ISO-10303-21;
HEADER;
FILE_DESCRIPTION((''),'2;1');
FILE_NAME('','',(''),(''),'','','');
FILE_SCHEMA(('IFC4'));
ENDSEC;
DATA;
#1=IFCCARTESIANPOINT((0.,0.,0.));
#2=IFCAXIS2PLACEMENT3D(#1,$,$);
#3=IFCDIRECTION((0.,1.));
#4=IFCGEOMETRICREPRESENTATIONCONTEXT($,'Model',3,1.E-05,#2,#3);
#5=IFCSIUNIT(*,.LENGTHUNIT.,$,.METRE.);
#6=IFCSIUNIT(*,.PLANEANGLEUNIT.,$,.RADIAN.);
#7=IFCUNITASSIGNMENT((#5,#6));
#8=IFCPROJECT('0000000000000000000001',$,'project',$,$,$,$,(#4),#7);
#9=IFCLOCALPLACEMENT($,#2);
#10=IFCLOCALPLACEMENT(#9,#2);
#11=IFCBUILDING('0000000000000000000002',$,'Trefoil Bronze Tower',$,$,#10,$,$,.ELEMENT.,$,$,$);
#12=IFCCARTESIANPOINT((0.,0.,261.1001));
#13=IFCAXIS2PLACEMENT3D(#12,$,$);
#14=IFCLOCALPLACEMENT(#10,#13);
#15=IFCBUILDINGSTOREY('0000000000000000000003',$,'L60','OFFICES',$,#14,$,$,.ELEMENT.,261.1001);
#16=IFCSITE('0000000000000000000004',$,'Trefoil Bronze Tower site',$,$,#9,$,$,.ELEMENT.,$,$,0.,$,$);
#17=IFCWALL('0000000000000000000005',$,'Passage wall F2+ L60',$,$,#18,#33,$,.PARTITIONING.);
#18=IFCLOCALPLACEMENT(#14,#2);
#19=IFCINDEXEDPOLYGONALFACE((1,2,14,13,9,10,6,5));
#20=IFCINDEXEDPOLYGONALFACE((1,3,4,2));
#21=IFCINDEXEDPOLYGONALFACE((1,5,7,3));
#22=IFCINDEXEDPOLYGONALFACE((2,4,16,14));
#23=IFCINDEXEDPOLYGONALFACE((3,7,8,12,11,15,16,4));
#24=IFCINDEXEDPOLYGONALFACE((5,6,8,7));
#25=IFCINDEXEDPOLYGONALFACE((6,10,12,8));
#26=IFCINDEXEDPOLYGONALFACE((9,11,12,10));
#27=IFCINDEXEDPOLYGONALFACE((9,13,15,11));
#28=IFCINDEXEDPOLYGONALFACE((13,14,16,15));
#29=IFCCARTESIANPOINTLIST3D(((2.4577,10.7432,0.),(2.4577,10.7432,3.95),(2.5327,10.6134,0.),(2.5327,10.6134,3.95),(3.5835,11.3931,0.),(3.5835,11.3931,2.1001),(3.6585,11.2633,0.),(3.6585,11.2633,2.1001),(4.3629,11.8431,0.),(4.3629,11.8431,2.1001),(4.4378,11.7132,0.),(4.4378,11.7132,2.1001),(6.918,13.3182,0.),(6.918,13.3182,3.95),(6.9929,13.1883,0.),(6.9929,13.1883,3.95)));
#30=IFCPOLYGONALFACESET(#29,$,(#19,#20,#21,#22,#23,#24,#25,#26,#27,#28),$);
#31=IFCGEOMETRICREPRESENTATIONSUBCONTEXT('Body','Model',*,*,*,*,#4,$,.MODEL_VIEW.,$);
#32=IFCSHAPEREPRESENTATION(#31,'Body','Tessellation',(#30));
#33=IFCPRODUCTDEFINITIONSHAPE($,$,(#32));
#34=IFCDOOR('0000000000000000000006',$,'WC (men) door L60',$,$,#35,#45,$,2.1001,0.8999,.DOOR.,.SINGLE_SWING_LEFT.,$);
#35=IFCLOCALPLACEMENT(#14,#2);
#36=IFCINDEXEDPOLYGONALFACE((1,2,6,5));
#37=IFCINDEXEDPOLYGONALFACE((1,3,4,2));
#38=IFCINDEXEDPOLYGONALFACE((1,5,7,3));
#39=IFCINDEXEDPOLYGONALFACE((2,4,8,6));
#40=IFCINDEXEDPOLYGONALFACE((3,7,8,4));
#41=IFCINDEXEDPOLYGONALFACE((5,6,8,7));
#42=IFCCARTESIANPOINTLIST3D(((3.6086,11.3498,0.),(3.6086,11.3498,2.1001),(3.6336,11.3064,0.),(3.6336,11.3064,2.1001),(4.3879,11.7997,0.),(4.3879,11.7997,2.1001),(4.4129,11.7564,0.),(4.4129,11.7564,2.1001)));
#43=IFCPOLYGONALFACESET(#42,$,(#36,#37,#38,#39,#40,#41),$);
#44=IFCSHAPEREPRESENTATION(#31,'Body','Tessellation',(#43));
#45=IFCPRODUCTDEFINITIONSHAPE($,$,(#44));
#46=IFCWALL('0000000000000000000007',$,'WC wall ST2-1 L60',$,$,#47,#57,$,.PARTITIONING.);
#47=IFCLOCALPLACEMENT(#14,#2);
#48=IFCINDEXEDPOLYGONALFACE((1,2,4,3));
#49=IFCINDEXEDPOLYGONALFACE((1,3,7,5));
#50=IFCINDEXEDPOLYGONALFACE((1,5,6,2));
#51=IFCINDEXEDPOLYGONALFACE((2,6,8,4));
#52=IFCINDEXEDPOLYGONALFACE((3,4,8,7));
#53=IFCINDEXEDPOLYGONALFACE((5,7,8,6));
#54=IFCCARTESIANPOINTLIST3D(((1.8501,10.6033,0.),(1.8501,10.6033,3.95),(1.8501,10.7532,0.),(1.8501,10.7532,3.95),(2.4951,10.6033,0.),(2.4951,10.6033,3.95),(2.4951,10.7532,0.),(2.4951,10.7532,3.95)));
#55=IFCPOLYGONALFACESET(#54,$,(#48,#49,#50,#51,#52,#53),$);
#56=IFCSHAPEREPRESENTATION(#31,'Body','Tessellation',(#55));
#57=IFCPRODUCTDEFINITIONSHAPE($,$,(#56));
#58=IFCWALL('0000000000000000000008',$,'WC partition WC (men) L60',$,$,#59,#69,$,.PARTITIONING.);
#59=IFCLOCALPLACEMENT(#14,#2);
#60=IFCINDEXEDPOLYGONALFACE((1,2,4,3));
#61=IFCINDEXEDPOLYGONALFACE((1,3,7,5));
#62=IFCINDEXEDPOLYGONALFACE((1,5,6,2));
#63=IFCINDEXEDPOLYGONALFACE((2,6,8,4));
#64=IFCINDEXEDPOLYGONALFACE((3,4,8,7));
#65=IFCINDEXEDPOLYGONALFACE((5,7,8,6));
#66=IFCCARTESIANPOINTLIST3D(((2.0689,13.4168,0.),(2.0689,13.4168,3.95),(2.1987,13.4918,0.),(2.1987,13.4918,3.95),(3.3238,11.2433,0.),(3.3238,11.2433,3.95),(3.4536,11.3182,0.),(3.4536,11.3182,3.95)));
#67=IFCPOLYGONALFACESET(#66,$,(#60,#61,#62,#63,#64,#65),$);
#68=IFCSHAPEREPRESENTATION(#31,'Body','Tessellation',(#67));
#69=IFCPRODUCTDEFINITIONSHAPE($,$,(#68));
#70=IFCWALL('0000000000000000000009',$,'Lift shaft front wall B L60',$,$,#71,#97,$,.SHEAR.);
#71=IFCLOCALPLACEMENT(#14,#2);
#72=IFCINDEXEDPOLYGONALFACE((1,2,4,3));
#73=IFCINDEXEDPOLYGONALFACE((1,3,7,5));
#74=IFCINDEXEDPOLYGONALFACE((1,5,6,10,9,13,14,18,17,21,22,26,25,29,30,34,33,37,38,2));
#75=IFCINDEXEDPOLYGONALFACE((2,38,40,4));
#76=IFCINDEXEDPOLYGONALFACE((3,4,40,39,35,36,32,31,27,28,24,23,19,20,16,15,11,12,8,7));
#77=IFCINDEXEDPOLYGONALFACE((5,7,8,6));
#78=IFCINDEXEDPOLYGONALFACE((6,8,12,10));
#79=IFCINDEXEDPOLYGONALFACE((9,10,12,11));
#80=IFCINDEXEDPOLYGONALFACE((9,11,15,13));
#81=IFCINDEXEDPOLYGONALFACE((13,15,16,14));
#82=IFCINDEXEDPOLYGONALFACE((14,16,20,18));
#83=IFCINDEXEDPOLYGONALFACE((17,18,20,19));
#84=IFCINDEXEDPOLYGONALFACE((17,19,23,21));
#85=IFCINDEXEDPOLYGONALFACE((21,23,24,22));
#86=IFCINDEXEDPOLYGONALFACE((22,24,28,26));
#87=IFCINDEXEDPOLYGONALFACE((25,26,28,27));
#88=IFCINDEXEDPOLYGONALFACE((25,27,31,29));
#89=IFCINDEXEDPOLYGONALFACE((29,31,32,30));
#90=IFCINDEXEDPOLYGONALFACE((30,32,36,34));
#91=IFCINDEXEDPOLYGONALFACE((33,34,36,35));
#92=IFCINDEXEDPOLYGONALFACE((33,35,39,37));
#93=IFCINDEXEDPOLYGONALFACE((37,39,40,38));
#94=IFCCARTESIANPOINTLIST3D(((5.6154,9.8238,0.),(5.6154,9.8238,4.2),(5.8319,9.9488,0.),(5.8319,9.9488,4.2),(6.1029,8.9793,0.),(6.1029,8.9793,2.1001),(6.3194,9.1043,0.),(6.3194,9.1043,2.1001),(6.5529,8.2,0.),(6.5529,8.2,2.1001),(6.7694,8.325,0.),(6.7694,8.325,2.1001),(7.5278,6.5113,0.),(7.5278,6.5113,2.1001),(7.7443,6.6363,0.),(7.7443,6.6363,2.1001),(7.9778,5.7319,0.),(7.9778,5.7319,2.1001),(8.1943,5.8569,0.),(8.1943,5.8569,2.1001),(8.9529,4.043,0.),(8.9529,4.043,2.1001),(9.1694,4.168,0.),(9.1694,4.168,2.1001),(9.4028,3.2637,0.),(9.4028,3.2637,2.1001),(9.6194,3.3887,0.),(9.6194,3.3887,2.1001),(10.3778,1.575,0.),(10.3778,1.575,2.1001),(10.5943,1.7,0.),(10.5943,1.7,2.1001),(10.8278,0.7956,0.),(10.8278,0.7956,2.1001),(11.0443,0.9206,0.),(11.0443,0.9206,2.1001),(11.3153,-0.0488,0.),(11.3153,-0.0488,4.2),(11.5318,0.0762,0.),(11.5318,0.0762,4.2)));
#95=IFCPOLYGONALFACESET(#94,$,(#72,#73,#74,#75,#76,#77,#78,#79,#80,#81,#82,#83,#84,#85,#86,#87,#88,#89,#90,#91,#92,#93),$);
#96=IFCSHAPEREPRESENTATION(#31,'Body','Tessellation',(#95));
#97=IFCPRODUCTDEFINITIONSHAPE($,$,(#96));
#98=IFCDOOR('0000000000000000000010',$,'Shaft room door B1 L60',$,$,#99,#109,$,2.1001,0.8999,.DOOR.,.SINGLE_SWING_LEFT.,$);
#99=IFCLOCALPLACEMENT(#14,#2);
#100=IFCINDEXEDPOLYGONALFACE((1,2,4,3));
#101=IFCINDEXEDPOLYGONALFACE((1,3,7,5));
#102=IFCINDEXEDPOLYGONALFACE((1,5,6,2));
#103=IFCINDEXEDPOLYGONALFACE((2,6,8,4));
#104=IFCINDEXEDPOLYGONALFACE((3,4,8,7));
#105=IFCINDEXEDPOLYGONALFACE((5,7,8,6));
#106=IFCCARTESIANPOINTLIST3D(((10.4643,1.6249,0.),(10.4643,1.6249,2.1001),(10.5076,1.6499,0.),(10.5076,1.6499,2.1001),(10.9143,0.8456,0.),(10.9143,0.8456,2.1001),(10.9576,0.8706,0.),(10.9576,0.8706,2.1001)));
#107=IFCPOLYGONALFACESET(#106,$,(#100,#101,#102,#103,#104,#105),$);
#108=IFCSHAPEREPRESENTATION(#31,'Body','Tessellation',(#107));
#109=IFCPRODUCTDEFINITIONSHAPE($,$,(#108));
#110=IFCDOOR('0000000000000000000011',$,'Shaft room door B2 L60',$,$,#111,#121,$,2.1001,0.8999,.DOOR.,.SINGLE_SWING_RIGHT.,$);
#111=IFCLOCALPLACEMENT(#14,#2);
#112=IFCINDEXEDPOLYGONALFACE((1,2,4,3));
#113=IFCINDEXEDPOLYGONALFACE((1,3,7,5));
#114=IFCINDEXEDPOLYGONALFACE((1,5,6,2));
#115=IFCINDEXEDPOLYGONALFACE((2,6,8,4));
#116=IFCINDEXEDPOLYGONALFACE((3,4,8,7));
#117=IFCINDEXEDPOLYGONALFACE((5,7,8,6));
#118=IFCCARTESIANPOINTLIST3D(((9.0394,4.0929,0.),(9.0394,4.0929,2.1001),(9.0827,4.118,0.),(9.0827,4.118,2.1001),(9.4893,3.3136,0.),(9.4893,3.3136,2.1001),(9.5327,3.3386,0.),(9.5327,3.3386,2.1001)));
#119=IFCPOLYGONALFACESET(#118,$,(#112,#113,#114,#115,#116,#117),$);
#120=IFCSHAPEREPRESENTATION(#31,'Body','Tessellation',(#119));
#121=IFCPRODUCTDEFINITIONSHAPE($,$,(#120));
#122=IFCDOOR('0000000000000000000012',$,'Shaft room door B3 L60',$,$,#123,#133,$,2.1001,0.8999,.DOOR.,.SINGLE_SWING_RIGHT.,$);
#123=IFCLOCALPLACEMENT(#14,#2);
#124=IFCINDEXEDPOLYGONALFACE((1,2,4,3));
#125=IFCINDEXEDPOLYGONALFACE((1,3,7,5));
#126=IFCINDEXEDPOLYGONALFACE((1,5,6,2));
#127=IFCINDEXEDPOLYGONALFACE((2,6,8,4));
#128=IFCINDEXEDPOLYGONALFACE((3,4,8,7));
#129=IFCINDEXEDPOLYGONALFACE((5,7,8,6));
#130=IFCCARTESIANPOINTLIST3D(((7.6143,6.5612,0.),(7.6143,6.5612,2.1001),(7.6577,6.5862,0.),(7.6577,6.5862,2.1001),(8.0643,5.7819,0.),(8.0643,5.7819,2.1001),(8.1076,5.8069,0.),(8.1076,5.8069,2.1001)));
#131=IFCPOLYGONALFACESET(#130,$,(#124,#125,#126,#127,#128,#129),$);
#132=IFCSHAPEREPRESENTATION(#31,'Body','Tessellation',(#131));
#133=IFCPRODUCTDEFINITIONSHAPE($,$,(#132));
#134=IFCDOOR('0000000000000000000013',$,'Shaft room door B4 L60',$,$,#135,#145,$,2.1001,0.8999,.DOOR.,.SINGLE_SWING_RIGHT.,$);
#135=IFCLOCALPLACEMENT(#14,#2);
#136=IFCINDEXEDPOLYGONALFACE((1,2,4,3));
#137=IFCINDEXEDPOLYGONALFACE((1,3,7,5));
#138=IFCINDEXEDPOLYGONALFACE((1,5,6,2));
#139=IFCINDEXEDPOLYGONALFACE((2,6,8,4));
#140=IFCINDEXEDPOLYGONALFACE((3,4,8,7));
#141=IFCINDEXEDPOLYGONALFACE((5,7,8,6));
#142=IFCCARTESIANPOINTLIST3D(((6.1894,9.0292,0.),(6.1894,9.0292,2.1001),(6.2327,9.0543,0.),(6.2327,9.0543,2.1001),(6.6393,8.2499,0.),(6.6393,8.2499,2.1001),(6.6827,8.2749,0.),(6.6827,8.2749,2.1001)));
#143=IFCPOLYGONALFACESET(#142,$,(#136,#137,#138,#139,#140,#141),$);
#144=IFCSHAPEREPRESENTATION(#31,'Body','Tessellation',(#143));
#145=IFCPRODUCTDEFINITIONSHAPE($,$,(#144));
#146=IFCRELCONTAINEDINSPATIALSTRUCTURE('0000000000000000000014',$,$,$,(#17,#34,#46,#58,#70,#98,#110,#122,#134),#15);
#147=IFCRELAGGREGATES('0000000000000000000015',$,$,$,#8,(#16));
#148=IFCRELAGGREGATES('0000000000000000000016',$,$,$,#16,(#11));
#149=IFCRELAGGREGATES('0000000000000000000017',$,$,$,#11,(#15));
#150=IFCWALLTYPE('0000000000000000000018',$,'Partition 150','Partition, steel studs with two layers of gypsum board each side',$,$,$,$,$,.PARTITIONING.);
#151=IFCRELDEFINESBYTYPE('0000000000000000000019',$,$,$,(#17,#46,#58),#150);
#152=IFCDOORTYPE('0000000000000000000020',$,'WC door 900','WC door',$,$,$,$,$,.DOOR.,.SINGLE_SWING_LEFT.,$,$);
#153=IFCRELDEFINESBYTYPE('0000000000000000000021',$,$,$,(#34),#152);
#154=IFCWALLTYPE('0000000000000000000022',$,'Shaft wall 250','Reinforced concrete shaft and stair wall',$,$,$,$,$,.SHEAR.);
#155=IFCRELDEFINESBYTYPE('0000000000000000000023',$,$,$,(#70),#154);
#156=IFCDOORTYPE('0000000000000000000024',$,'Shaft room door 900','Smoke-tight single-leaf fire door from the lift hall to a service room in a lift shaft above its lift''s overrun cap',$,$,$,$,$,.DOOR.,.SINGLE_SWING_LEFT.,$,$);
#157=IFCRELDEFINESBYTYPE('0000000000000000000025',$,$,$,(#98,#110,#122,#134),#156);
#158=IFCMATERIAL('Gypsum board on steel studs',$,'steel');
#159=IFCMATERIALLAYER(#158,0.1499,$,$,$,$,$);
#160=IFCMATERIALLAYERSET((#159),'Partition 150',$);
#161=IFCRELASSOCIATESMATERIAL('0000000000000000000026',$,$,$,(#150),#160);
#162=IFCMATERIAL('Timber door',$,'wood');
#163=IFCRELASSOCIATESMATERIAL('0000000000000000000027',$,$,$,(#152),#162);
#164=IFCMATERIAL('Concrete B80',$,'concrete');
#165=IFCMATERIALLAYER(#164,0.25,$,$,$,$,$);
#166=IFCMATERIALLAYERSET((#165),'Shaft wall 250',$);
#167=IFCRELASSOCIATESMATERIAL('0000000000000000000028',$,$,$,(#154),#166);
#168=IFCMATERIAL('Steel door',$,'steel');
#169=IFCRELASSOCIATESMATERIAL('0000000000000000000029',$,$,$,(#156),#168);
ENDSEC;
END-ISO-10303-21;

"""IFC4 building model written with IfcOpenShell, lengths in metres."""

from ifc_helpers import new_model, si_unit, direction, frame, frame_2d, origin, place, context, subcontext, project, spatial, rectangle, extrude, material, layer, layer_set, type_object, element, fill, save


model = new_model("IFC4")

# Units and contexts
model_context = context("Model", 3, precision=1e-05, world=origin(), true_north=direction((0.0, 1.0)))
body_context = subcontext(model_context, "Body", "Model", "MODEL_VIEW")
ifc_project = project(units=[si_unit("LENGTHUNIT", "METRE"), si_unit("PLANEANGLEUNIT", "RADIAN")], contexts=[model_context])

# Site, building, storey
site_placement = place(None, origin())
site = spatial("IfcSite", under=ifc_project, at=site_placement, Name="Trefoil Bronze Tower site", CompositionType="ELEMENT", RefElevation=0.0)
building_placement = place(site_placement, origin())
building = spatial("IfcBuilding", under=site, at=building_placement, Name="Trefoil Bronze Tower", CompositionType="ELEMENT")
storey_placement = place(building_placement, frame((0.0, 0.0, 261.1001)))
storey = spatial("IfcBuildingStorey", under=building, at=storey_placement, Name="L60", Description="OFFICES", CompositionType="ELEMENT", Elevation=261.1001)

# Wall, opening, door
ifc_material_1 = material(Name="Gypsum board on steel studs", Category="steel")
ifc_layer_1 = layer(ifc_material_1, 0.1499)
ifc_layer_set_1 = layer_set([ifc_layer_1], Name="Partition 150")
wall_type_1 = type_object("IfcWallType", Name="Partition 150", Description="Partition, steel studs with two layers of gypsum board each side", PredefinedType="PARTITIONING", material=ifc_layer_set_1)
wall_1_placement = place(storey_placement, frame((2.4951, 10.6782, 0.0), z_axis=(0.0, 0.0, 1.0), x_axis=(0.866038, 0.499978, 0.0)))
wall_1 = element("IfcWall", 1, at=wall_1_placement, inside=storey, type_object=wall_type_1, Name="Passage wall F2+ L60", PredefinedType="PARTITIONING", context=body_context, shape_type="SweptSolid", body=[
    extrude(rectangle(XDim=5.1501, YDim=0.1499, at=frame_2d((2.5752, 0.0))), origin(), (0.0, 0.0, 1.0), 3.95),
])
opening_1_placement = place(wall_1_placement, frame((1.3, 0.0, 0.0)))
opening_1 = element("IfcOpeningElement", 2, at=opening_1_placement, cuts=wall_1, PredefinedType="OPENING", context=body_context, shape_type="SweptSolid", body=[
    extrude(rectangle(XDim=0.8999, YDim=2.1001, at=frame_2d((0.45, 1.05))), frame((0.0, 0.085, 0.0), z_axis=(0.0, -1.0, 0.0), x_axis=(1.0, 0.0, 0.0)), (0.0, 0.0, 1.0), 0.1699),
])
ifc_material_2 = material(Name="Timber door", Category="wood")
door_type_1 = type_object("IfcDoorType", Name="WC door 900", Description="WC door", OperationType="SINGLE_SWING_LEFT", PredefinedType="DOOR", material=ifc_material_2)
door_1_placement = place(opening_1_placement, origin())
door_1 = element("IfcDoor", 3, at=door_1_placement, inside=storey, type_object=door_type_1, Name="WC (men) door L60", OperationType="SINGLE_SWING_LEFT", OverallHeight=2.1001, OverallWidth=0.8999, PredefinedType="DOOR", context=body_context, shape_type="SweptSolid", body=[
    extrude(rectangle(XDim=0.8999, YDim=2.1001, at=frame_2d((0.45, 1.05))), frame((0.0, 0.0249, 0.0), z_axis=(0.0, -1.0, 0.0), x_axis=(1.0, 0.0, 0.0)), (0.0, 0.0, 1.0), 0.05),
])
fill(opening_1, door_1)

# Walls
wall_2_placement = place(storey_placement, frame((2.4951, 10.6782, 0.0), z_axis=(0.0, 0.0, 1.0), x_axis=(-1.0, 0.0, 0.0)))
element("IfcWall", 4, at=wall_2_placement, inside=storey, type_object=wall_type_1, Name="WC wall ST2-1 L60", PredefinedType="PARTITIONING", context=body_context, shape_type="SweptSolid", body=[
    extrude(rectangle(XDim=0.645, YDim=0.1499, at=frame_2d((0.3225, 0.0))), origin(), (0.0, 0.0, 1.0), 3.95),
])
wall_3_placement = place(storey_placement, frame((3.3887, 11.2808, 0.0), z_axis=(0.0, 0.0, 1.0), x_axis=(-0.499989, 0.866032, 0.0)))
element("IfcWall", 5, at=wall_3_placement, inside=storey, type_object=wall_type_1, Name="WC partition WC (men) L60", PredefinedType="PARTITIONING", context=body_context, shape_type="SweptSolid", body=[
    extrude(rectangle(XDim=2.5098, YDim=0.1499, at=frame_2d((1.2549, 0.0))), origin(), (0.0, 0.0, 1.0), 3.95),
])

# Wall, openings, doors
ifc_material_3 = material(Name="Concrete B80", Category="concrete")
ifc_layer_2 = layer(ifc_material_3, 0.25)
ifc_layer_set_2 = layer_set([ifc_layer_2], Name="Shaft wall 250")
wall_type_2 = type_object("IfcWallType", Name="Shaft wall 250", Description="Reinforced concrete shaft and stair wall", PredefinedType="SHEAR", material=ifc_layer_set_2)
wall_4_placement = place(storey_placement, frame((11.4236, 0.0137, 0.0), z_axis=(0.0, 0.0, 1.0), x_axis=(-0.500002, 0.866024, 0.0)))
wall_4 = element("IfcWall", 6, at=wall_4_placement, inside=storey, type_object=wall_type_2, Name="Lift shaft front wall B L60", PredefinedType="SHEAR", context=body_context, shape_type="SweptSolid", body=[
    extrude(rectangle(XDim=11.3999, YDim=0.25, at=frame_2d((5.7, 0.0))), origin(), (0.0, 0.0, 1.0), 4.2),
])
opening_2_placement = place(wall_4_placement, frame((0.9751, 0.0, 0.0)))
opening_2 = element("IfcOpeningElement", 7, at=opening_2_placement, cuts=wall_4, PredefinedType="OPENING", context=body_context, shape_type="SweptSolid", body=[
    extrude(rectangle(XDim=0.8999, YDim=2.1001, at=frame_2d((0.45, 1.05))), frame((0.0, 0.135, 0.0), z_axis=(0.0, -1.0, 0.0), x_axis=(1.0, 0.0, 0.0)), (0.0, 0.0, 1.0), 0.27),
])
opening_3_placement = place(wall_4_placement, frame((3.825, 0.0, 0.0)))
opening_3 = element("IfcOpeningElement", 8, at=opening_3_placement, cuts=wall_4, PredefinedType="OPENING", context=body_context, shape_type="SweptSolid", body=[
    extrude(rectangle(XDim=0.8999, YDim=2.1001, at=frame_2d((0.45, 1.05))), frame((0.0, 0.135, 0.0), z_axis=(0.0, -1.0, 0.0), x_axis=(1.0, 0.0, 0.0)), (0.0, 0.0, 1.0), 0.27),
])
opening_4_placement = place(wall_4_placement, frame((6.675, 0.0, 0.0)))
opening_4 = element("IfcOpeningElement", 9, at=opening_4_placement, cuts=wall_4, PredefinedType="OPENING", context=body_context, shape_type="SweptSolid", body=[
    extrude(rectangle(XDim=0.8999, YDim=2.1001, at=frame_2d((0.45, 1.05))), frame((0.0, 0.135, 0.0), z_axis=(0.0, -1.0, 0.0), x_axis=(1.0, 0.0, 0.0)), (0.0, 0.0, 1.0), 0.27),
])
opening_5_placement = place(wall_4_placement, frame((9.5249, 0.0, 0.0)))
opening_5 = element("IfcOpeningElement", 10, at=opening_5_placement, cuts=wall_4, PredefinedType="OPENING", context=body_context, shape_type="SweptSolid", body=[
    extrude(rectangle(XDim=0.8999, YDim=2.1001, at=frame_2d((0.45, 1.05))), frame((0.0, 0.135, 0.0), z_axis=(0.0, -1.0, 0.0), x_axis=(1.0, 0.0, 0.0)), (0.0, 0.0, 1.0), 0.27),
])
ifc_material_4 = material(Name="Steel door", Category="steel")
door_type_2 = type_object("IfcDoorType", Name="Shaft room door 900", Description="Smoke-tight single-leaf fire door from the lift hall to a service room in a lift shaft above its lift's overrun cap", OperationType="SINGLE_SWING_LEFT", PredefinedType="DOOR", material=ifc_material_4)
door_2_placement = place(opening_2_placement, frame((0.8999, 0.0, 0.0), z_axis=(0.0, 0.0, 1.0), x_axis=(-1.0, 0.0, 0.0)))
door_2 = element("IfcDoor", 11, at=door_2_placement, inside=storey, type_object=door_type_2, Name="Shaft room door B1 L60", OperationType="SINGLE_SWING_LEFT", OverallHeight=2.1001, OverallWidth=0.8999, PredefinedType="DOOR", context=body_context, shape_type="SweptSolid", body=[
    extrude(rectangle(XDim=0.8999, YDim=2.1001, at=frame_2d((0.45, 1.05))), frame((0.0, 0.0249, 0.0), z_axis=(0.0, -1.0, 0.0), x_axis=(1.0, 0.0, 0.0)), (0.0, 0.0, 1.0), 0.05),
])
fill(opening_2, door_2)
door_3_placement = place(opening_3_placement, frame((0.8999, 0.0, 0.0), z_axis=(0.0, 0.0, 1.0), x_axis=(-1.0, 0.0, 0.0)))
door_3 = element("IfcDoor", 12, at=door_3_placement, inside=storey, type_object=door_type_2, Name="Shaft room door B2 L60", OperationType="SINGLE_SWING_RIGHT", OverallHeight=2.1001, OverallWidth=0.8999, PredefinedType="DOOR", context=body_context, shape_type="SweptSolid", body=[
    extrude(rectangle(XDim=0.8999, YDim=2.1001, at=frame_2d((0.45, 1.05))), frame((0.0, 0.0249, 0.0), z_axis=(0.0, -1.0, 0.0), x_axis=(1.0, 0.0, 0.0)), (0.0, 0.0, 1.0), 0.05),
])
fill(opening_3, door_3)
door_4_placement = place(opening_4_placement, frame((0.8999, 0.0, 0.0), z_axis=(0.0, 0.0, 1.0), x_axis=(-1.0, 0.0, 0.0)))
door_4 = element("IfcDoor", 13, at=door_4_placement, inside=storey, type_object=door_type_2, Name="Shaft room door B3 L60", OperationType="SINGLE_SWING_RIGHT", OverallHeight=2.1001, OverallWidth=0.8999, PredefinedType="DOOR", context=body_context, shape_type="SweptSolid", body=[
    extrude(rectangle(XDim=0.8999, YDim=2.1001, at=frame_2d((0.45, 1.05))), frame((0.0, 0.0249, 0.0), z_axis=(0.0, -1.0, 0.0), x_axis=(1.0, 0.0, 0.0)), (0.0, 0.0, 1.0), 0.05),
])
fill(opening_4, door_4)
door_5_placement = place(opening_5_placement, frame((0.8999, 0.0, 0.0), z_axis=(0.0, 0.0, 1.0), x_axis=(-1.0, 0.0, 0.0)))
door_5 = element("IfcDoor", 14, at=door_5_placement, inside=storey, type_object=door_type_2, Name="Shaft room door B4 L60", OperationType="SINGLE_SWING_RIGHT", OverallHeight=2.1001, OverallWidth=0.8999, PredefinedType="DOOR", context=body_context, shape_type="SweptSolid", body=[
    extrude(rectangle(XDim=0.8999, YDim=2.1001, at=frame_2d((0.45, 1.05))), frame((0.0, 0.0249, 0.0), z_axis=(0.0, -1.0, 0.0), x_axis=(1.0, 0.0, 0.0)), (0.0, 0.0, 1.0), 0.05),
])
fill(opening_5, door_5)

save(model, "model.ifc")
